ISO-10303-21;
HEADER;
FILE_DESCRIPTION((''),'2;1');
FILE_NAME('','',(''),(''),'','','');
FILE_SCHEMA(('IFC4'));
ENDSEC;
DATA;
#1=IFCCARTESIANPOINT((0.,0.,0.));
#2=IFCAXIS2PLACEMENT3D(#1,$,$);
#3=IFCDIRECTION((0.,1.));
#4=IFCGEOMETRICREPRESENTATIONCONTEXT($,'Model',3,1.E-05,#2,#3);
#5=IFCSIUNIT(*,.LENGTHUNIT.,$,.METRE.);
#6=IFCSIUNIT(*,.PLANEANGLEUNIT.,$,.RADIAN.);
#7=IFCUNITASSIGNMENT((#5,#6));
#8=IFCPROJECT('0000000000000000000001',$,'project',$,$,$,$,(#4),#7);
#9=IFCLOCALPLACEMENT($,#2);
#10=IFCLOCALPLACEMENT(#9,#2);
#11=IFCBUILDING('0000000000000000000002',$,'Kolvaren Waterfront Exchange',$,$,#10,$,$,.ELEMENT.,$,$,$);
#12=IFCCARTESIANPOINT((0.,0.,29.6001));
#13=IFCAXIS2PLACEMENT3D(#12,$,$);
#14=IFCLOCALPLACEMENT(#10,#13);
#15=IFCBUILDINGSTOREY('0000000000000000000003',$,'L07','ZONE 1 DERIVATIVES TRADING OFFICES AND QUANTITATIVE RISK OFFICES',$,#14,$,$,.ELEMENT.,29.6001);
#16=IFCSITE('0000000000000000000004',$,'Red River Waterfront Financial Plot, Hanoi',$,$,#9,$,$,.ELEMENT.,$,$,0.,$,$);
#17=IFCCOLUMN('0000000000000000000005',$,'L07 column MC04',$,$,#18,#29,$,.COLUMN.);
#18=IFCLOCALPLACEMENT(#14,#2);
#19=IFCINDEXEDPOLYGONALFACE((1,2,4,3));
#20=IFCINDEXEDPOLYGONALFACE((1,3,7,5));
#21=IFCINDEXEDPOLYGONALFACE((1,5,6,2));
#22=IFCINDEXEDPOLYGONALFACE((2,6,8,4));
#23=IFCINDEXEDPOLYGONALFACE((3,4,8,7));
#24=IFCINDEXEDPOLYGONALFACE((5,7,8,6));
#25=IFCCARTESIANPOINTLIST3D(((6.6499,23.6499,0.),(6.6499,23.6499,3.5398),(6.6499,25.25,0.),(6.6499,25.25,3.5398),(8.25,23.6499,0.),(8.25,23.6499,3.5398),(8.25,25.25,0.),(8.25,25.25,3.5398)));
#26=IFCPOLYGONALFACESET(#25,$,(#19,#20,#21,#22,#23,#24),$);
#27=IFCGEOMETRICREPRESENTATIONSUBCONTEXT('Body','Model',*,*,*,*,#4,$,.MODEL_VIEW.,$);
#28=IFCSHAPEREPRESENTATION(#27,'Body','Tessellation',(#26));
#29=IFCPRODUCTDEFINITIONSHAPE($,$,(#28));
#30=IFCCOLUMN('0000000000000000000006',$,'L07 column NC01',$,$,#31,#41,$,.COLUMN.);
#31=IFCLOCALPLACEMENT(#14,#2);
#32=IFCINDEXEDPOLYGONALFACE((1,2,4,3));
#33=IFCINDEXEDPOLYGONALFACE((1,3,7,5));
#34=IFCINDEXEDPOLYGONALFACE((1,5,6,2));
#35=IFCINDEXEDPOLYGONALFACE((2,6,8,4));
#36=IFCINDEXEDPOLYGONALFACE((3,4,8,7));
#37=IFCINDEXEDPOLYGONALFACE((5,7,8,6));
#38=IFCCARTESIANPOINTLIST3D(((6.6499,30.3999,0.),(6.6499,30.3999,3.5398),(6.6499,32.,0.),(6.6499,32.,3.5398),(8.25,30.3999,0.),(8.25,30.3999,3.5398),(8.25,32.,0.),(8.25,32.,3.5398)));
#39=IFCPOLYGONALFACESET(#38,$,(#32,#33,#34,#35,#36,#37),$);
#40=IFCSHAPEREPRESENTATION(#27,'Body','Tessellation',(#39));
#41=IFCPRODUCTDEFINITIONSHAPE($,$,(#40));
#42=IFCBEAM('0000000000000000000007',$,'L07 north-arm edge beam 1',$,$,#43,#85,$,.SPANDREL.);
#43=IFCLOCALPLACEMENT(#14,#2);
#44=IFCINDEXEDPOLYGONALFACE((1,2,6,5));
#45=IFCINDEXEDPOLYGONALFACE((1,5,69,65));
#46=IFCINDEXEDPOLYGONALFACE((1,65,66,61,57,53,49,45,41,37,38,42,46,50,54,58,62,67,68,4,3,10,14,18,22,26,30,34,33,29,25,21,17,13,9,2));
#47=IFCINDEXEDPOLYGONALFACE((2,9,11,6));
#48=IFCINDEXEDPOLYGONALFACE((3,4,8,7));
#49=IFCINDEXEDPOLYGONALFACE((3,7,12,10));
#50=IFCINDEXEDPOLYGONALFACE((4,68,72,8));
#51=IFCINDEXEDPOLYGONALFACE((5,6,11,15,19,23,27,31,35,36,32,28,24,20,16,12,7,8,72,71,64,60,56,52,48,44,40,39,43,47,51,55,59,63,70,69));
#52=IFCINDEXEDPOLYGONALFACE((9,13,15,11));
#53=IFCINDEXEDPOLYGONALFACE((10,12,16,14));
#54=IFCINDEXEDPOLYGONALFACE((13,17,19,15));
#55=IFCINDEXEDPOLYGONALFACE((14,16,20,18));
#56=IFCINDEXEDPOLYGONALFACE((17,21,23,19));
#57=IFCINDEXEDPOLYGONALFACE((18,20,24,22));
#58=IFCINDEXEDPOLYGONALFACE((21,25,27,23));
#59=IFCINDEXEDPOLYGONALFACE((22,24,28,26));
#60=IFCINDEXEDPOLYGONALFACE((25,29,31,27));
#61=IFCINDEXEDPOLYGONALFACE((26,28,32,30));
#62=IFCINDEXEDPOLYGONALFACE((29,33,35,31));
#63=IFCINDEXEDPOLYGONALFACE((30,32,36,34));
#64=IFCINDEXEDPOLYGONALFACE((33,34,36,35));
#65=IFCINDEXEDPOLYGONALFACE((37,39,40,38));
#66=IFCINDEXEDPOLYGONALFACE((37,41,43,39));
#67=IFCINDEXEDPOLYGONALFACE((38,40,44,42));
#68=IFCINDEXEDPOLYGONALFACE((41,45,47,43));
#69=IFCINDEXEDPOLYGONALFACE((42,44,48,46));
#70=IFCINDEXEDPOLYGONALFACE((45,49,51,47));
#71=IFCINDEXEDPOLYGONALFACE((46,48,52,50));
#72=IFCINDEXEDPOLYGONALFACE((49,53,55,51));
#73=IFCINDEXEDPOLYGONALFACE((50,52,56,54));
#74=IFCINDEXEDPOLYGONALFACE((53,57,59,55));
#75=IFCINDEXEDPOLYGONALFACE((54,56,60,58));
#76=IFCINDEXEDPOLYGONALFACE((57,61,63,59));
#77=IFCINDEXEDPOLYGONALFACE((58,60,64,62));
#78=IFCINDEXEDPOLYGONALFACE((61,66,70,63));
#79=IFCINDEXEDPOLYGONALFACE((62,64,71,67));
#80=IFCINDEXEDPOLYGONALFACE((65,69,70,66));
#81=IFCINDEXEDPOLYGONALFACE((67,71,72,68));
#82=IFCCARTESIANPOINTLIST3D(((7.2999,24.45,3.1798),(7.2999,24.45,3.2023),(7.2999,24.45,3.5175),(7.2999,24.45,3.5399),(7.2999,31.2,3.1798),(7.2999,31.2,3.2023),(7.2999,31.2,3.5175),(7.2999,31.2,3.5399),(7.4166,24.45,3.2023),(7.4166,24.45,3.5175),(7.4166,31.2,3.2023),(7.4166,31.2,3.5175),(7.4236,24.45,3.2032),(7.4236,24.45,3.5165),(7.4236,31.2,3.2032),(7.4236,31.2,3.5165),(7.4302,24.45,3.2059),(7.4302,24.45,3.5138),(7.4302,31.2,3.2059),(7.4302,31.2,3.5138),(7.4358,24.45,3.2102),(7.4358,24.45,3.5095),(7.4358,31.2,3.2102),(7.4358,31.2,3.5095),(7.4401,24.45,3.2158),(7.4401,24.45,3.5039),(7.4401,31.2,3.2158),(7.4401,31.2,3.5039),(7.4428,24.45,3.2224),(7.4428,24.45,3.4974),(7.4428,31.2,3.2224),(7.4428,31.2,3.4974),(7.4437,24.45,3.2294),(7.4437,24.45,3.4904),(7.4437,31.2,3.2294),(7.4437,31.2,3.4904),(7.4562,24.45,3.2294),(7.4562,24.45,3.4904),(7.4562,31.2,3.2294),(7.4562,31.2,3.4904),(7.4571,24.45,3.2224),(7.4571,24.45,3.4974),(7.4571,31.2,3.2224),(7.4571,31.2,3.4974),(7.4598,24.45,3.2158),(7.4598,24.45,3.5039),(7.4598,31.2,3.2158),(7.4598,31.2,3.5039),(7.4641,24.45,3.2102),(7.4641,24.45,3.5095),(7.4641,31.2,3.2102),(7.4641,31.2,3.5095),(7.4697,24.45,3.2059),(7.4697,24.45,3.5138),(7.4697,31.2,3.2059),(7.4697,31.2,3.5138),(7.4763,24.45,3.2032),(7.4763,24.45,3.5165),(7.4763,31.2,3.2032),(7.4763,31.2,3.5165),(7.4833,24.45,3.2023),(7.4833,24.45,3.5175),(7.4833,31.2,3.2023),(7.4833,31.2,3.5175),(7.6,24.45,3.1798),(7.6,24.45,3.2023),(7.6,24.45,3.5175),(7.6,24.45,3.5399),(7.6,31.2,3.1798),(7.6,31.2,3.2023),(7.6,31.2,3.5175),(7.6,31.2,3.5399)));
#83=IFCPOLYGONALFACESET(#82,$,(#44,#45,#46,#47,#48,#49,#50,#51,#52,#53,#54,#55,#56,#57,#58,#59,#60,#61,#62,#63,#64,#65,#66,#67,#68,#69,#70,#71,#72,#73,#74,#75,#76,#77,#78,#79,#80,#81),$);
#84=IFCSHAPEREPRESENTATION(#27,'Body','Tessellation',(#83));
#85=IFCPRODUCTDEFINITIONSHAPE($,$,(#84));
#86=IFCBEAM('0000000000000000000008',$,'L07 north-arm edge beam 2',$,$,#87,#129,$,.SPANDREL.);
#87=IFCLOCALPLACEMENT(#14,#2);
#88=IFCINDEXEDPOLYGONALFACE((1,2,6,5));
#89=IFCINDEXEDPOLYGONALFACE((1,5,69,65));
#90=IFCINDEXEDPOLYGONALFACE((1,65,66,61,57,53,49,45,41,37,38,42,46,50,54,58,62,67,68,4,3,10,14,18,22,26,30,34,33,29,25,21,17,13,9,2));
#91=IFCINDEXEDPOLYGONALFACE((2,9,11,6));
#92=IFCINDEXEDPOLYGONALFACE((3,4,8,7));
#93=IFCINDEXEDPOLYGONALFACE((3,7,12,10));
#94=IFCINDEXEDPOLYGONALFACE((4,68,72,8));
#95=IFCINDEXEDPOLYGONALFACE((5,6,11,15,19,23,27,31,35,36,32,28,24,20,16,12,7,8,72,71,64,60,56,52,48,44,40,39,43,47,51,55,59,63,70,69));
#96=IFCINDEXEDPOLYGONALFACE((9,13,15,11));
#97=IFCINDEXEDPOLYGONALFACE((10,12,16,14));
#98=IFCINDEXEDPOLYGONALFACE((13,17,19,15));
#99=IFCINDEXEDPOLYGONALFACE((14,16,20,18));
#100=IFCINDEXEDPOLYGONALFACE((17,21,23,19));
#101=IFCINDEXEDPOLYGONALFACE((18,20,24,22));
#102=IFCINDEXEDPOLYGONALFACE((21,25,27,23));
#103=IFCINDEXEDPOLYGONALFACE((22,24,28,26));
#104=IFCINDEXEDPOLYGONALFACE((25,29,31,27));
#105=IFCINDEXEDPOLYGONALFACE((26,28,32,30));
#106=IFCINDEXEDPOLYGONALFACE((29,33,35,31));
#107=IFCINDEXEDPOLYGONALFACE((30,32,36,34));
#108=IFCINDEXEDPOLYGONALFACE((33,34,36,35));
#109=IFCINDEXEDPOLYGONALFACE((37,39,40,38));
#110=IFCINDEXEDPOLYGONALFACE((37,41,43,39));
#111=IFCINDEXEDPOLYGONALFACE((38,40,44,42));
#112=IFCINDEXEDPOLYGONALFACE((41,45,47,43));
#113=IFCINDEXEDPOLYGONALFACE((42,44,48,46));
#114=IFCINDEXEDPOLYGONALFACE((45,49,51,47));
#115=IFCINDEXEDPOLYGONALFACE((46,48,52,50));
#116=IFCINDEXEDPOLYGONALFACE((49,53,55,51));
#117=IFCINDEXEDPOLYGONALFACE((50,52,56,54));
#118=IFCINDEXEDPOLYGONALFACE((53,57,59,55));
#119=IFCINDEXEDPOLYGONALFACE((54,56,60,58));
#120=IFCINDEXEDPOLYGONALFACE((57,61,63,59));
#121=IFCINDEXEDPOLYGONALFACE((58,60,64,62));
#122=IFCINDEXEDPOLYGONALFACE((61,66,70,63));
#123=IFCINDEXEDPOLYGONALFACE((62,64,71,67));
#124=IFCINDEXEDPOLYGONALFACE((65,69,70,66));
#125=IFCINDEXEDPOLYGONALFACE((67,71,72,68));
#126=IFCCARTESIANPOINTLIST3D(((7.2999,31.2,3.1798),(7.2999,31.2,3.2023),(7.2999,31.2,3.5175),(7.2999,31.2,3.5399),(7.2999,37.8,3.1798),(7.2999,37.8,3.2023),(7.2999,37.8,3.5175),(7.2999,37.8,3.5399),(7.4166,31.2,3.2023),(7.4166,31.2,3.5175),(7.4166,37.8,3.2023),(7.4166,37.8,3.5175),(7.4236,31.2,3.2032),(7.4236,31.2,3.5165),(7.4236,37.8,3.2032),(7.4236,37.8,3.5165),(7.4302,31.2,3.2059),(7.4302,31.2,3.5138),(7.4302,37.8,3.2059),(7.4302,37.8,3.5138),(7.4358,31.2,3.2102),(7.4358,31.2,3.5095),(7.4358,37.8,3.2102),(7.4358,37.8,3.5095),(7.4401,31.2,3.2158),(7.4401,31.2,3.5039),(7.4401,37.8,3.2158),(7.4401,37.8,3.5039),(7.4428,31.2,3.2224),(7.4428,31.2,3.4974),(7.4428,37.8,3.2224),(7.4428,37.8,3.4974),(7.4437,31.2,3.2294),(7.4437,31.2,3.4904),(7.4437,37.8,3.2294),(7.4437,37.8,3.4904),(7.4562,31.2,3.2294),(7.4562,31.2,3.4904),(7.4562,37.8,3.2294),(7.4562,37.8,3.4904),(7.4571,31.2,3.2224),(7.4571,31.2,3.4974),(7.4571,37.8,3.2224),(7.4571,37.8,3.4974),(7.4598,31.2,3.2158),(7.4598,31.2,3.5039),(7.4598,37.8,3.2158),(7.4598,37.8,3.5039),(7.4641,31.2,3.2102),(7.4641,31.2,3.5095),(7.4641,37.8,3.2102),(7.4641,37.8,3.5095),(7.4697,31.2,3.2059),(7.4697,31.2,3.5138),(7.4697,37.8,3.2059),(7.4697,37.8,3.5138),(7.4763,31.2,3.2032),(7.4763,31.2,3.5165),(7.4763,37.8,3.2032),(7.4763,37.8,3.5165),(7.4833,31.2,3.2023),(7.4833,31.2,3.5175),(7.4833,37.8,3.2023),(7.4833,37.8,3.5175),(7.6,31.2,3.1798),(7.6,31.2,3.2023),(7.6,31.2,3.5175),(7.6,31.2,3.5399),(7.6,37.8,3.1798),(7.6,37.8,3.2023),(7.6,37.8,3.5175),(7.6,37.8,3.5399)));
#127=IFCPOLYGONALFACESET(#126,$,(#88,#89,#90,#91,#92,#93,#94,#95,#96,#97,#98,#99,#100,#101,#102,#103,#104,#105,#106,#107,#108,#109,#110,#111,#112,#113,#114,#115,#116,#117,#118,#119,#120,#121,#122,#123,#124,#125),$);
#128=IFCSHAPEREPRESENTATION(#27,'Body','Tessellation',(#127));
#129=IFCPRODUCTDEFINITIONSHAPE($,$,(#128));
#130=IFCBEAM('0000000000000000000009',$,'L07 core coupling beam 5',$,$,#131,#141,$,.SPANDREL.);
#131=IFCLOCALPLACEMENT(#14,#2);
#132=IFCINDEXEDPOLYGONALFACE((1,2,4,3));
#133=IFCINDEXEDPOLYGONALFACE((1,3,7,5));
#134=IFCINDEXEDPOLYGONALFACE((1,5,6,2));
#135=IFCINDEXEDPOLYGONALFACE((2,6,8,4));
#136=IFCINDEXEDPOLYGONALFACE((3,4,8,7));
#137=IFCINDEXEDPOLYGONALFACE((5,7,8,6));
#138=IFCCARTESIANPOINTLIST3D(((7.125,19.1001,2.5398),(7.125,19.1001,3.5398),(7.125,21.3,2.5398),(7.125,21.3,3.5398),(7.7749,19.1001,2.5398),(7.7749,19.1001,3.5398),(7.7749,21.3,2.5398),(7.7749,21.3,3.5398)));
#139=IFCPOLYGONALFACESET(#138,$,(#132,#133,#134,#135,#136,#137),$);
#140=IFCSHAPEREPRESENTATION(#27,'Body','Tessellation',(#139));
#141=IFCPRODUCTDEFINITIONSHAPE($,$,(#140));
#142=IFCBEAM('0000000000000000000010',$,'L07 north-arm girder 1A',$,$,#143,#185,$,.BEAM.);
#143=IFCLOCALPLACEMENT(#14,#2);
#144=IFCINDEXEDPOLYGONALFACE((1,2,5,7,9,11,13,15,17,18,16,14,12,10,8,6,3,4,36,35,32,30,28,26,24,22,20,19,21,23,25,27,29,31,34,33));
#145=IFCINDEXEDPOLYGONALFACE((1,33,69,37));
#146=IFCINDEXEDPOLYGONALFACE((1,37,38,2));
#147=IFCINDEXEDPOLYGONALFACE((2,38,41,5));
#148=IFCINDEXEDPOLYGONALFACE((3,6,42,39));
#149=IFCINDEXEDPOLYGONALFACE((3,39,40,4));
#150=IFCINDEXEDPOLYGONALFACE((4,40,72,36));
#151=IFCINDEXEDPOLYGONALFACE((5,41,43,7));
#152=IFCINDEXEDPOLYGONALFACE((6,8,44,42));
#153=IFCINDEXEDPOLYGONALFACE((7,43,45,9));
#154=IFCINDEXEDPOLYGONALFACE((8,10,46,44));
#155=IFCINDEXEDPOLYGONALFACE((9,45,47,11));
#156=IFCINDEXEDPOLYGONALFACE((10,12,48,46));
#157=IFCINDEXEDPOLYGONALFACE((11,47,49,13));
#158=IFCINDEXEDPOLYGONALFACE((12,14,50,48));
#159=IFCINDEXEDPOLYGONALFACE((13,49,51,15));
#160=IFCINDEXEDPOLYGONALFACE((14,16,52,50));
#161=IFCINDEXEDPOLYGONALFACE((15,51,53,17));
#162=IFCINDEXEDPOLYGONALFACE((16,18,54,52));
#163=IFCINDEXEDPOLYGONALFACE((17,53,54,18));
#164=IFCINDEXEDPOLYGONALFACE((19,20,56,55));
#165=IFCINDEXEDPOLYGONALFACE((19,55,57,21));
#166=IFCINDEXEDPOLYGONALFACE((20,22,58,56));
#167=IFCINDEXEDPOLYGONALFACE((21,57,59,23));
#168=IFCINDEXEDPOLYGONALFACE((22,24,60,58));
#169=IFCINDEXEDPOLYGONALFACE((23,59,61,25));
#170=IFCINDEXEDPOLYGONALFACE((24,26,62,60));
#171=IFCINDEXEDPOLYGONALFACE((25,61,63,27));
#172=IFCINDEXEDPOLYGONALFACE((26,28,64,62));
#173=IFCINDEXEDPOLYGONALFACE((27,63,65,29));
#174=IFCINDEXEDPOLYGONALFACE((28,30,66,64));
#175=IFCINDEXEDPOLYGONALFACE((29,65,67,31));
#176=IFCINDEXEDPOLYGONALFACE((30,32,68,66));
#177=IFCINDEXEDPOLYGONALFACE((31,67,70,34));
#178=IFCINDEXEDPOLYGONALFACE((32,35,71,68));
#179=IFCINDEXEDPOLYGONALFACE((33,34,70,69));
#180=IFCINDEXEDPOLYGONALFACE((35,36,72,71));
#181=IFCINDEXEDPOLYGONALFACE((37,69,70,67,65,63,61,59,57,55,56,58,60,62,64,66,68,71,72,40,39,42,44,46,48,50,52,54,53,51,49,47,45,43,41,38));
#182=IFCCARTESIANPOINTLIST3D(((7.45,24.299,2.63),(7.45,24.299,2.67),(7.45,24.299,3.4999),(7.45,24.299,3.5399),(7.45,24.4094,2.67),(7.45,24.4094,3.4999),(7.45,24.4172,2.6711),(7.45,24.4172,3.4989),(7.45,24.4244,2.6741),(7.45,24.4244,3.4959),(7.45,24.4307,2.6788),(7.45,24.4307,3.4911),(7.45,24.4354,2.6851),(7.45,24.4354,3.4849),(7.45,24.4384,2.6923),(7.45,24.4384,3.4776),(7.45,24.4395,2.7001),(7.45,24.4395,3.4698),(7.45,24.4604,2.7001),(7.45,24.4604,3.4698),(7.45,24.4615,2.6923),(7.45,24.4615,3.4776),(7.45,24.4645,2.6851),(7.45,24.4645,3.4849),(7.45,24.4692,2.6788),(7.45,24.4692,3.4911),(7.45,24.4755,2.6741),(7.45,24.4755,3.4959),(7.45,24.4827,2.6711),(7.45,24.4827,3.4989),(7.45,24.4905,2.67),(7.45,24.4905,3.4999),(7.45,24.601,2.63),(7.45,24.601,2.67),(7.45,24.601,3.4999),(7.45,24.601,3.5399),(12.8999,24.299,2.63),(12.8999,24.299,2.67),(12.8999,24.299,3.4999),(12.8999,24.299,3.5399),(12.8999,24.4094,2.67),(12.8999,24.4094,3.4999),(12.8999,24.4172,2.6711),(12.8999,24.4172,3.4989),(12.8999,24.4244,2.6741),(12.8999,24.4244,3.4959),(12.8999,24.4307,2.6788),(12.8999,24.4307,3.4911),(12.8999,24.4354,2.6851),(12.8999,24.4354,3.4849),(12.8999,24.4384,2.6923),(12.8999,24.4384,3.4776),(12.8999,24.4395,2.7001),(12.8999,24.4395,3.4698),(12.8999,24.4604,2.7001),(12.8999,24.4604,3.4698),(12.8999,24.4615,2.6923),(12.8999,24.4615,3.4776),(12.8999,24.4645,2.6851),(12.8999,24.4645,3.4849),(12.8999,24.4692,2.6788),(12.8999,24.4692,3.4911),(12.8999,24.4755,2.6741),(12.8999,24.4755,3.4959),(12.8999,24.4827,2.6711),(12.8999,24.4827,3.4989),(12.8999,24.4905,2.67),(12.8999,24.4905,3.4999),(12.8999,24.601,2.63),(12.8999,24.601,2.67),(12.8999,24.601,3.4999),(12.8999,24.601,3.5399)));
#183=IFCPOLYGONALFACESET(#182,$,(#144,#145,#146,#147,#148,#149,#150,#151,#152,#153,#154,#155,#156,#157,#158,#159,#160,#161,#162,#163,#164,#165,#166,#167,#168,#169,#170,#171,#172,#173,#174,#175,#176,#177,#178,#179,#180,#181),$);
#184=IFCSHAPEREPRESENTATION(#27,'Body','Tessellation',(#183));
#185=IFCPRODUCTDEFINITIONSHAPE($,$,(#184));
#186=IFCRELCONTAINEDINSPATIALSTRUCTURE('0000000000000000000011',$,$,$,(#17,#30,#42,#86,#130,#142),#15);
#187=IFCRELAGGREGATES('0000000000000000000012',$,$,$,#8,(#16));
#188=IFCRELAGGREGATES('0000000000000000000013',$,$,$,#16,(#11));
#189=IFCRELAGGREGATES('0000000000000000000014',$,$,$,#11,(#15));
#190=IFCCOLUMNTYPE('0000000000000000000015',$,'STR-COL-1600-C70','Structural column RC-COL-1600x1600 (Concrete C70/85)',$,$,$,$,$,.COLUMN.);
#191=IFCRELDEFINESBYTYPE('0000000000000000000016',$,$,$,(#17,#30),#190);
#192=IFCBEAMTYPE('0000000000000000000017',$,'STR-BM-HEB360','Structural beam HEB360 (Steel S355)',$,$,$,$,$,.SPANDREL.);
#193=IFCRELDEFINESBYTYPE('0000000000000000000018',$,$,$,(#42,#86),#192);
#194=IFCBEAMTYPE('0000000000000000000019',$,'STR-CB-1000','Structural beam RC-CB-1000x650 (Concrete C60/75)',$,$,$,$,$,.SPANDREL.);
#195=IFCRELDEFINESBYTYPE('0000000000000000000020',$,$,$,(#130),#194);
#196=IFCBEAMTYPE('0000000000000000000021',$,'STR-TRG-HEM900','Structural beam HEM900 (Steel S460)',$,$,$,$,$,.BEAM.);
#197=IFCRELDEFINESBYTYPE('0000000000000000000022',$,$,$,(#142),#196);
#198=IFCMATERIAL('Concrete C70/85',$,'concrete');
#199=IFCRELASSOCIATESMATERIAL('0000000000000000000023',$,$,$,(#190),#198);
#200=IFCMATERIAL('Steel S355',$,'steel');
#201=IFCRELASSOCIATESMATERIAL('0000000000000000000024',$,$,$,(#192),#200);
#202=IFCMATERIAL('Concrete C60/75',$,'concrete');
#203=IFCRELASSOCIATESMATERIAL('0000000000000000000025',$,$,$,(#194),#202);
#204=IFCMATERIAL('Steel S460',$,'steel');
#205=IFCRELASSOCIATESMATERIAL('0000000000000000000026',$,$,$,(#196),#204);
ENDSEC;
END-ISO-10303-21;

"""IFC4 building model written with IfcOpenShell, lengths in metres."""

from ifc_helpers import new_model, si_unit, direction, frame, origin, origin_2d, place, context, subcontext, project, spatial, rectangle, i_section, extrude, material, material_profile, profile_set, type_object, element, save


model = new_model("IFC4")

# Units and contexts
model_context = context("Model", 3, precision=1e-05, world=origin(), true_north=direction((0.0, 1.0)))
body_context = subcontext(model_context, "Body", "Model", "MODEL_VIEW")
ifc_project = project(units=[si_unit("LENGTHUNIT", "METRE"), si_unit("PLANEANGLEUNIT", "RADIAN")], contexts=[model_context])

# Site, building, storey
site_placement = place(None, origin())
site = spatial("IfcSite", under=ifc_project, at=site_placement, Name="Red River Waterfront Financial Plot, Hanoi", CompositionType="ELEMENT", RefElevation=0.0)
building_placement = place(site_placement, origin())
building = spatial("IfcBuilding", under=site, at=building_placement, Name="Kolvaren Waterfront Exchange", CompositionType="ELEMENT")
storey_placement = place(building_placement, frame((0.0, 0.0, 29.6001)))
storey = spatial("IfcBuildingStorey", under=building, at=storey_placement, Name="L07", Description="ZONE 1 DERIVATIVES TRADING OFFICES AND QUANTITATIVE RISK OFFICES", CompositionType="ELEMENT", Elevation=29.6001)

# Columns
ifc_material_1 = material(Name="Concrete C70/85", Category="concrete")
ifc_material_profile_1 = material_profile(ifc_material_1, rectangle(XDim=1.6001, YDim=1.6001, at=origin_2d()), Name="RC-COL-1600x1600")
ifc_profile_set_1 = profile_set([ifc_material_profile_1], Name="Concrete C70/85")
column_type = type_object("IfcColumnType", Name="STR-COL-1600-C70", Description="Structural column RC-COL-1600x1600 (Concrete C70/85)", PredefinedType="COLUMN", material=ifc_profile_set_1)
for number, where, z_axis, x_axis, name in (
    (1, (7.45, 24.45, 0.0), (0.0, 0.0, 1.0), (1.0, 0.0, 0.0), "L07 column MC04"),
    (2, (7.45, 31.2, 0.0), (0.0, 0.0, 1.0), (1.0, 0.0, 0.0), "L07 column NC01"),
):
    element("IfcColumn", number, at=place(storey_placement, frame(where, z_axis=z_axis, x_axis=x_axis)), inside=storey, type_object=column_type, Name=name, PredefinedType="COLUMN", context=body_context, shape_type="SweptSolid", body=[
        extrude(rectangle(XDim=1.6001, YDim=1.6001, at=origin_2d()), origin(), (0.0, 0.0, 1.0), 3.5398),
    ])

# Beams
ifc_material_2 = material(Name="Steel S355", Category="steel")
ifc_material_profile_2 = material_profile(ifc_material_2, i_section(OverallWidth=0.3, OverallDepth=0.3601, WebThickness=0.0125, FlangeThickness=0.0225, FilletRadius=0.0271, at=origin_2d()), Name="HEB360")
ifc_profile_set_2 = profile_set([ifc_material_profile_2], Name="Steel S355")
beam_type_1 = type_object("IfcBeamType", Name="STR-BM-HEB360", Description="Structural beam HEB360 (Steel S355)", PredefinedType="SPANDREL", material=ifc_profile_set_2)
beam_1_placement = place(storey_placement, frame((7.45, 24.45, 3.3599), z_axis=(0.0, 1.0, 0.0), x_axis=(-1.0, 0.0, 0.0)))
element("IfcBeam", 3, at=beam_1_placement, inside=storey, type_object=beam_type_1, Name="L07 north-arm edge beam 1", PredefinedType="SPANDREL", context=body_context, shape_type="SweptSolid", body=[
    extrude(i_section(OverallWidth=0.3, OverallDepth=0.3601, WebThickness=0.0125, FlangeThickness=0.0225, FilletRadius=0.0271, at=origin_2d()), origin(), (0.0, 0.0, 1.0), 6.75),
])
beam_2_placement = place(storey_placement, frame((7.45, 31.2, 3.3599), z_axis=(0.0, 1.0, 0.0), x_axis=(-1.0, 0.0, 0.0)))
element("IfcBeam", 4, at=beam_2_placement, inside=storey, type_object=beam_type_1, Name="L07 north-arm edge beam 2", PredefinedType="SPANDREL", context=body_context, shape_type="SweptSolid", body=[
    extrude(i_section(OverallWidth=0.3, OverallDepth=0.3601, WebThickness=0.0125, FlangeThickness=0.0225, FilletRadius=0.0271, at=origin_2d()), origin(), (0.0, 0.0, 1.0), 6.6001),
])
ifc_material_3 = material(Name="Concrete C60/75", Category="concrete")
ifc_material_profile_3 = material_profile(ifc_material_3, rectangle(XDim=0.6499, YDim=1.0, at=origin_2d()), Name="RC-CB-1000x650")
ifc_profile_set_3 = profile_set([ifc_material_profile_3], Name="Concrete C60/75")
beam_type_2 = type_object("IfcBeamType", Name="STR-CB-1000", Description="Structural beam RC-CB-1000x650 (Concrete C60/75)", PredefinedType="SPANDREL", material=ifc_profile_set_3)
beam_3_placement = place(storey_placement, frame((7.45, 19.1001, 3.0398), z_axis=(0.0, 1.0, 0.0), x_axis=(-1.0, 0.0, 0.0)))
element("IfcBeam", 5, at=beam_3_placement, inside=storey, type_object=beam_type_2, Name="L07 core coupling beam 5", PredefinedType="SPANDREL", context=body_context, shape_type="SweptSolid", body=[
    extrude(rectangle(XDim=0.6499, YDim=1.0, at=origin_2d()), origin(), (0.0, 0.0, 1.0), 2.2),
])
ifc_material_4 = material(Name="Steel S460", Category="steel")
ifc_material_profile_4 = material_profile(ifc_material_4, i_section(OverallWidth=0.302, OverallDepth=0.9099, WebThickness=0.021, FlangeThickness=0.04, FilletRadius=0.03, at=origin_2d()), Name="HEM900")
ifc_profile_set_4 = profile_set([ifc_material_profile_4], Name="Steel S460")
beam_type_3 = type_object("IfcBeamType", Name="STR-TRG-HEM900", Description="Structural beam HEM900 (Steel S460)", PredefinedType="BEAM", material=ifc_profile_set_4)
for number, where, z_axis, x_axis, name in (
    (6, (7.45, 24.45, 3.085), (1.0, 0.0, 0.0), (0.0, 1.0, 0.0), "L07 north-arm girder 1A"),
):
    element("IfcBeam", number, at=place(storey_placement, frame(where, z_axis=z_axis, x_axis=x_axis)), inside=storey, type_object=beam_type_3, Name=name, PredefinedType="BEAM", context=body_context, shape_type="SweptSolid", body=[
        extrude(i_section(OverallWidth=0.302, OverallDepth=0.9099, WebThickness=0.021, FlangeThickness=0.04, FilletRadius=0.03, at=origin_2d()), origin(), (0.0, 0.0, 1.0), 5.45),
    ])

save(model, "model.ifc")
